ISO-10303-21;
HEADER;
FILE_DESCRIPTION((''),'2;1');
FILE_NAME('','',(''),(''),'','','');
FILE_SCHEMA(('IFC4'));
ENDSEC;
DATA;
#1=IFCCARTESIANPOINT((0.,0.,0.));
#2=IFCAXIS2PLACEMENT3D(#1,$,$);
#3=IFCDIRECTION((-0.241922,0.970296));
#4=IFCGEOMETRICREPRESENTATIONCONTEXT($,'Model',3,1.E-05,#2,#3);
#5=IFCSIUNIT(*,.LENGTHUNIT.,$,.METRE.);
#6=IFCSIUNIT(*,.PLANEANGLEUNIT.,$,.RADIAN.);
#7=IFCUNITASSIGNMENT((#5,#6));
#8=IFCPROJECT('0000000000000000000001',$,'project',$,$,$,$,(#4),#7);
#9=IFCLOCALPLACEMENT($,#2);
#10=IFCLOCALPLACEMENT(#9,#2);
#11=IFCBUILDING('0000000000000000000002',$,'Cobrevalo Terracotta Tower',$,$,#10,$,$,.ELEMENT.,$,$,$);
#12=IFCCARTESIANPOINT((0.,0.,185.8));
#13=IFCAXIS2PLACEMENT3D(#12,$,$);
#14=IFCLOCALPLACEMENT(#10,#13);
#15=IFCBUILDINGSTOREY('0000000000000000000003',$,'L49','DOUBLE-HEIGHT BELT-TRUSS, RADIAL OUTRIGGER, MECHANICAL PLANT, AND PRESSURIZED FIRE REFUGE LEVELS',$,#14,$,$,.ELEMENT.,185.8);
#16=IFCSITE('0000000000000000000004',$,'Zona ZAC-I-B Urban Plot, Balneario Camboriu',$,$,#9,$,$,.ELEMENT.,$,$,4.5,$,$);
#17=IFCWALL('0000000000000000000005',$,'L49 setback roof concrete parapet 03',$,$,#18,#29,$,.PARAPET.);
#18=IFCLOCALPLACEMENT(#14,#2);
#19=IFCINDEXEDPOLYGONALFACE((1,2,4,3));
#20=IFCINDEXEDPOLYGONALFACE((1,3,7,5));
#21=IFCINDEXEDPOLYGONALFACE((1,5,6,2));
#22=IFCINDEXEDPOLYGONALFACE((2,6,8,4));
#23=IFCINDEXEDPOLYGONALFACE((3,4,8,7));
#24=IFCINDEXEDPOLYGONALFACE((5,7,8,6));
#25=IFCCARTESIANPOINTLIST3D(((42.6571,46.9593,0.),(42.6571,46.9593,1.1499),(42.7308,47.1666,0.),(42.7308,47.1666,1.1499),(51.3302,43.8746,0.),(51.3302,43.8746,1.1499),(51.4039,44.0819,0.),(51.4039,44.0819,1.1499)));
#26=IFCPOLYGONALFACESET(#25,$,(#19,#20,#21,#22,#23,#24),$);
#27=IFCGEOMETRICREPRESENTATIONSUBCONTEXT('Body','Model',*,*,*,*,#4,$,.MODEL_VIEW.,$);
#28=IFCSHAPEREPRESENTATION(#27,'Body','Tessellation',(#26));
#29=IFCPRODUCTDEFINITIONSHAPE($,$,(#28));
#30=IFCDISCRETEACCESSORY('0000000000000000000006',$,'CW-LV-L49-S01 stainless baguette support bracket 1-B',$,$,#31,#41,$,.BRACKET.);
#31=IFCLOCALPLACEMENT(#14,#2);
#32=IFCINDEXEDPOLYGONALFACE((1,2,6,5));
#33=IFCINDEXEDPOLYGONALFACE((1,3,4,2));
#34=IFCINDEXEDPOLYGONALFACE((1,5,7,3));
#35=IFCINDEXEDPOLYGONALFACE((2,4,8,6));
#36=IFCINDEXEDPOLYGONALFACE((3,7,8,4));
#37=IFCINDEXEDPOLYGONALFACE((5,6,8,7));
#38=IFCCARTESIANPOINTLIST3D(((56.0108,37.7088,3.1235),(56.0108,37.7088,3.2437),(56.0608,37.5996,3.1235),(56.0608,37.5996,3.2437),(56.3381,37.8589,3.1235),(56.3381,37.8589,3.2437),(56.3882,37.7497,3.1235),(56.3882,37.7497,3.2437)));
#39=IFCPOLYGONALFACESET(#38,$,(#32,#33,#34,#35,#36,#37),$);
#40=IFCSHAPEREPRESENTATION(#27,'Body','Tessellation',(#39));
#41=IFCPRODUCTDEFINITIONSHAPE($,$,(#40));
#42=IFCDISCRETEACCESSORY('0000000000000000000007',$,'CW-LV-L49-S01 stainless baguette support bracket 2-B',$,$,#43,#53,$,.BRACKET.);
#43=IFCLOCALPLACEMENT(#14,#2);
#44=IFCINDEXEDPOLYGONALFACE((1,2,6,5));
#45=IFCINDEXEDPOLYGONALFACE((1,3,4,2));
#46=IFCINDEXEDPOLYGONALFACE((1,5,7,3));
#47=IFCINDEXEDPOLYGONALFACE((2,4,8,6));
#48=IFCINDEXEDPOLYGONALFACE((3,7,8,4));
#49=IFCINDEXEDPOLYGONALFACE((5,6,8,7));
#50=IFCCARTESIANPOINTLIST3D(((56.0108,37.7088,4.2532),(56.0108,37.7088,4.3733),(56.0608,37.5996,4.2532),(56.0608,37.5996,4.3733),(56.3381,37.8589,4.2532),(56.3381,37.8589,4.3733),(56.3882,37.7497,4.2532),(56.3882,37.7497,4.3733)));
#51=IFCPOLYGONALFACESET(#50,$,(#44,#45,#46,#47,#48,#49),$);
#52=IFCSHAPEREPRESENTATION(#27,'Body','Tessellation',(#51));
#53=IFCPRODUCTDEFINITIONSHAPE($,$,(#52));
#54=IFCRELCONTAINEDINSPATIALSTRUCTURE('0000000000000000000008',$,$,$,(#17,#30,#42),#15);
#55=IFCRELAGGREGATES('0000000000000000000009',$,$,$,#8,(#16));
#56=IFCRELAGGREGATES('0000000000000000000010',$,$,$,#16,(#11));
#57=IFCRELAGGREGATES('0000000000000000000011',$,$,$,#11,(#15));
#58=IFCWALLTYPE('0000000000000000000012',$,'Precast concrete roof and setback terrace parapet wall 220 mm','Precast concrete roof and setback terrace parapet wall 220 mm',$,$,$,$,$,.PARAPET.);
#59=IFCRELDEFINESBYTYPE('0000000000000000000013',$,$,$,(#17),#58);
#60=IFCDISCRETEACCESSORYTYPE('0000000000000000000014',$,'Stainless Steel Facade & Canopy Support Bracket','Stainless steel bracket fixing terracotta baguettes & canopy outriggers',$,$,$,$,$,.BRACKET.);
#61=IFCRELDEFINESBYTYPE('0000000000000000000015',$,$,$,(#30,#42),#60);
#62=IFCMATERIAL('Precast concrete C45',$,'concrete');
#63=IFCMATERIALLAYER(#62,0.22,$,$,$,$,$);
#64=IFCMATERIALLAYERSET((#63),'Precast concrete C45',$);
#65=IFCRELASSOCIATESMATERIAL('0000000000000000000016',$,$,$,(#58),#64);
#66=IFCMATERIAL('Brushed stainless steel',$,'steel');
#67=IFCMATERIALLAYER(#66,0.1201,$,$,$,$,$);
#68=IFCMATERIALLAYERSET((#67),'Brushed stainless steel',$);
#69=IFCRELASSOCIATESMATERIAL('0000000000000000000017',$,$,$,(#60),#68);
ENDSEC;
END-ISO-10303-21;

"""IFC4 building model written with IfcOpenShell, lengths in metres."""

from ifc_helpers import new_model, si_unit, direction, frame, frame_2d, origin, origin_2d, place, context, subcontext, project, spatial, rectangle, extrude, source, transform, mapped, material, layer, layer_set, type_object, element, save


model = new_model("IFC4")

# Units and contexts
model_context = context("Model", 3, precision=1e-05, world=origin(), true_north=direction((-0.241922, 0.970296)))
body_context = subcontext(model_context, "Body", "Model", "MODEL_VIEW")
ifc_project = project(units=[si_unit("LENGTHUNIT", "METRE"), si_unit("PLANEANGLEUNIT", "RADIAN")], contexts=[model_context])

# Site, building, storey
site_placement = place(None, origin())
site = spatial("IfcSite", under=ifc_project, at=site_placement, Name="Zona ZAC-I-B Urban Plot, Balneario Camboriu", CompositionType="ELEMENT", RefElevation=4.5)
building_placement = place(site_placement, origin())
building = spatial("IfcBuilding", under=site, at=building_placement, Name="Cobrevalo Terracotta Tower", CompositionType="ELEMENT")
storey_placement = place(building_placement, frame((0.0, 0.0, 185.8)))
storey = spatial("IfcBuildingStorey", under=building, at=storey_placement, Name="L49", Description="DOUBLE-HEIGHT BELT-TRUSS, RADIAL OUTRIGGER, MECHANICAL PLANT, AND PRESSURIZED FIRE REFUGE LEVELS", CompositionType="ELEMENT", Elevation=185.8)

# Wall
ifc_material_1 = material(Name="Precast concrete C45", Category="concrete")
ifc_layer_1 = layer(ifc_material_1, 0.22)
ifc_layer_set_1 = layer_set([ifc_layer_1], Name="Precast concrete C45")
wall_type = type_object("IfcWallType", Name="Precast concrete roof and setback terrace parapet wall 220 mm", Description="Precast concrete roof and setback terrace parapet wall 220 mm", PredefinedType="PARAPET", material=ifc_layer_set_1)
wall_1_placement = place(storey_placement, frame((51.3669, 43.9783, 0.0), z_axis=(0.0, 0.0, 1.0), x_axis=(-0.942182, 0.335101, 0.0)))
element("IfcWall", 1, at=wall_1_placement, inside=storey, type_object=wall_type, Name="L49 setback roof concrete parapet 03", PredefinedType="PARAPET", context=body_context, shape_type="SweptSolid", body=[
    extrude(rectangle(XDim=9.2053, YDim=0.22, at=frame_2d((4.6025, 0.0))), origin(), (0.0, 0.0, 1.0), 1.1499),
])

# Discrete accessories
ifc_material_2 = material(Name="Brushed stainless steel", Category="steel")
ifc_layer_2 = layer(ifc_material_2, 0.1201)
ifc_layer_set_2 = layer_set([ifc_layer_2], Name="Brushed stainless steel")
discrete_accessory_type = type_object("IfcDiscreteAccessoryType", Name="Stainless Steel Facade & Canopy Support Bracket", Description="Stainless steel bracket fixing terracotta baguettes & canopy outriggers", PredefinedType="BRACKET", material=ifc_layer_set_2)
shared_shape_1 = source(origin(), body_context, "Body", "SweptSolid", [
    extrude(rectangle(XDim=0.1201, YDim=0.3601, at=origin_2d()), origin(), (0.0, 0.0, 1.0), 0.1201),
])
for number, where, z_axis, x_axis, name in (
    (2, (56.1995, 37.7292, 3.1235), (0.0, 0.0, 1.0), (-0.416731, 0.90903, 0.0), "CW-LV-L49-S01 stainless baguette support bracket 1-B"),
    (3, (56.1995, 37.7292, 4.2532), (0.0, 0.0, 1.0), (-0.416731, 0.90903, 0.0), "CW-LV-L49-S01 stainless baguette support bracket 2-B"),
):
    element("IfcDiscreteAccessory", number, at=place(storey_placement, frame(where, z_axis=z_axis, x_axis=x_axis)), inside=storey, type_object=discrete_accessory_type, Name=name, PredefinedType="BRACKET", context=body_context, shape_type="MappedRepresentation", body=[
        mapped(shared_shape_1, transform((0.0, 0.0, 0.0), scale=1.0)),
    ])

save(model, "model.ifc")
